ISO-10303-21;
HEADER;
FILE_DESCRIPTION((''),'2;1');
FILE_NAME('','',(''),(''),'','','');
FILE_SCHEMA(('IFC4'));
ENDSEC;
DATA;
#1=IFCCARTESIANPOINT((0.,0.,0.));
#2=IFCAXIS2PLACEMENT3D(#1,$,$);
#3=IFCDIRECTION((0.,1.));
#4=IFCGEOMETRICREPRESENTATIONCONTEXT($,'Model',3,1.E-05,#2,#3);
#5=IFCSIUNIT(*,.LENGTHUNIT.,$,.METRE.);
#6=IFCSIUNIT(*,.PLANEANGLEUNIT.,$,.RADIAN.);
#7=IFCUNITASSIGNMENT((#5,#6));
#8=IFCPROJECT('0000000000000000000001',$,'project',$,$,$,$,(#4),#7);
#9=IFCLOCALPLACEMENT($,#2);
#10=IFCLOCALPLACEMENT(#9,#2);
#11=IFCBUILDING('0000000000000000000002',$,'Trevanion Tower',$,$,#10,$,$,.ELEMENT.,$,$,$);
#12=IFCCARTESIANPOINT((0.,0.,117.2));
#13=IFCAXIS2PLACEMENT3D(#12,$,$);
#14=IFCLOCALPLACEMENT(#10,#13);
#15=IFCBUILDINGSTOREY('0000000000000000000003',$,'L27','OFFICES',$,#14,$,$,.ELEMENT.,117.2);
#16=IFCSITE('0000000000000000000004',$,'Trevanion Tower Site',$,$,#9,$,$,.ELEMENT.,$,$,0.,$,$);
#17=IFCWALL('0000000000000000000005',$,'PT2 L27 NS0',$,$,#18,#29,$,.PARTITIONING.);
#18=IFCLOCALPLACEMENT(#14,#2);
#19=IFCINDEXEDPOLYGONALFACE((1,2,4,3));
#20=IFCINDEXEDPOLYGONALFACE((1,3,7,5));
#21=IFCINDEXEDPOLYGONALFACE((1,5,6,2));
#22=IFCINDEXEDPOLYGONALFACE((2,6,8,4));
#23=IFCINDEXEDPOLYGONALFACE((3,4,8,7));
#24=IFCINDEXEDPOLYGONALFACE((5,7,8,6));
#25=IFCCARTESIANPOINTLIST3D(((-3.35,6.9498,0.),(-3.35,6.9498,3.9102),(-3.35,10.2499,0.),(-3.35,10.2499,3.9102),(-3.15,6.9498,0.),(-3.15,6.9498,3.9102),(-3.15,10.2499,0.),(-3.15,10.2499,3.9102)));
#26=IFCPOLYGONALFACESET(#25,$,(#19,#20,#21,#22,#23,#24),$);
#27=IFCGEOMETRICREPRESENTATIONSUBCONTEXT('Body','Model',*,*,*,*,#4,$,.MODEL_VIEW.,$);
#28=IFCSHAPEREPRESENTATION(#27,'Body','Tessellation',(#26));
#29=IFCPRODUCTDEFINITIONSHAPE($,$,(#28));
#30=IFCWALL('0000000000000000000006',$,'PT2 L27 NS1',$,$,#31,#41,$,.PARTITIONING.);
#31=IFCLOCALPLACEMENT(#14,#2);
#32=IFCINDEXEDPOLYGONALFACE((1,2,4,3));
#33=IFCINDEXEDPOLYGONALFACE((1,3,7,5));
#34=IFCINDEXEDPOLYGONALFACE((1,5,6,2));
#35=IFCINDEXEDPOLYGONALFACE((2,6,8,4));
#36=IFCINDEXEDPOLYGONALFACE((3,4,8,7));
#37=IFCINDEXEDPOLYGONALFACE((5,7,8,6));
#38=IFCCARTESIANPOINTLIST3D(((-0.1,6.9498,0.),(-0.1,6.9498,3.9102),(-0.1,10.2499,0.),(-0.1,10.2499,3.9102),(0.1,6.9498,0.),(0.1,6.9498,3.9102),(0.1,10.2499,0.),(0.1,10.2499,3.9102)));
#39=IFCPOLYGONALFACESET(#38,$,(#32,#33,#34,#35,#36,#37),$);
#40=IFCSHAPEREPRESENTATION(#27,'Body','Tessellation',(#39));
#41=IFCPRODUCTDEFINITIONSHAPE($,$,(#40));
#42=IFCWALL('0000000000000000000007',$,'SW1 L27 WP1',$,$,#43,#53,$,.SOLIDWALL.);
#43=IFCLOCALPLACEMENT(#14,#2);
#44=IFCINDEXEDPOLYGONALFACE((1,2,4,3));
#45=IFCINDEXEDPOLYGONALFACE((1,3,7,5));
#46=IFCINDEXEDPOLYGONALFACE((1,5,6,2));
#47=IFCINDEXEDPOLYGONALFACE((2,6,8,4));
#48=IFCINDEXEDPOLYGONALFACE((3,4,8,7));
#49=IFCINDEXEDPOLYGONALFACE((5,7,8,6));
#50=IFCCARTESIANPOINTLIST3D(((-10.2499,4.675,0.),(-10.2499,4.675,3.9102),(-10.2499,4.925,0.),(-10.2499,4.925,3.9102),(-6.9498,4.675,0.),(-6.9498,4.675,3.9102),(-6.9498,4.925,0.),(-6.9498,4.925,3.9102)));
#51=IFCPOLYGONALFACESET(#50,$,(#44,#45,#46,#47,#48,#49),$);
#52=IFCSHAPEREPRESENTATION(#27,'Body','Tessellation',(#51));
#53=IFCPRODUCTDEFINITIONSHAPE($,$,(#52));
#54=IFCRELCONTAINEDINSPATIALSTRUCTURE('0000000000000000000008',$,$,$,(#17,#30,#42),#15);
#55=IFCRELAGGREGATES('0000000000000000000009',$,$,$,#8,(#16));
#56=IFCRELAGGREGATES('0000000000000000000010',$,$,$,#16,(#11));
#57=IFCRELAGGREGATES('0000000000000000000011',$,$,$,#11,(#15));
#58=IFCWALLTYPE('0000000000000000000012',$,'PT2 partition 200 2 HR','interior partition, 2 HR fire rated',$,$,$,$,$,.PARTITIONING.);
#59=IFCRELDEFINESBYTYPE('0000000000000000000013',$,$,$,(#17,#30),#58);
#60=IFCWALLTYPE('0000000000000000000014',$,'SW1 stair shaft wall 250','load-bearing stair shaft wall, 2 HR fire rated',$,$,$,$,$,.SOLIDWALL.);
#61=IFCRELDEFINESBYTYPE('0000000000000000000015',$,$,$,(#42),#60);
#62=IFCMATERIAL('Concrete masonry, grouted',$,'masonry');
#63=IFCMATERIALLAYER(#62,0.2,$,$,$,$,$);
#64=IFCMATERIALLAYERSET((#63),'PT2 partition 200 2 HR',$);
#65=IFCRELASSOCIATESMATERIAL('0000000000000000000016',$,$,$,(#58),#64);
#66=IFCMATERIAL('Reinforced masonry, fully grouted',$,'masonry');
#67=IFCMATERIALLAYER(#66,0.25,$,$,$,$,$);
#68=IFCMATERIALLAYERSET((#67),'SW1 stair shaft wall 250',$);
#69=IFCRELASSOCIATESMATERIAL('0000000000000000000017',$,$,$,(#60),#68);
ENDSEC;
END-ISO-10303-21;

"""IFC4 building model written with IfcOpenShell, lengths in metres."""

from ifc_helpers import new_model, si_unit, direction, frame, frame_2d, origin, place, context, subcontext, project, spatial, rectangle, extrude, material, layer, layer_set, type_object, element, save


model = new_model("IFC4")

# Units and contexts
model_context = context("Model", 3, precision=1e-05, world=origin(), true_north=direction((0.0, 1.0)))
body_context = subcontext(model_context, "Body", "Model", "MODEL_VIEW")
ifc_project = project(units=[si_unit("LENGTHUNIT", "METRE"), si_unit("PLANEANGLEUNIT", "RADIAN")], contexts=[model_context])

# Site, building, storey
site_placement = place(None, origin())
site = spatial("IfcSite", under=ifc_project, at=site_placement, Name="Trevanion Tower Site", CompositionType="ELEMENT", RefElevation=0.0)
building_placement = place(site_placement, origin())
building = spatial("IfcBuilding", under=site, at=building_placement, Name="Trevanion Tower", CompositionType="ELEMENT")
storey_placement = place(building_placement, frame((0.0, 0.0, 117.2)))
storey = spatial("IfcBuildingStorey", under=building, at=storey_placement, Name="L27", Description="OFFICES", CompositionType="ELEMENT", Elevation=117.2)

# Walls
ifc_material_1 = material(Name="Concrete masonry, grouted", Category="masonry")
ifc_layer_1 = layer(ifc_material_1, 0.2)
ifc_layer_set_1 = layer_set([ifc_layer_1], Name="PT2 partition 200 2 HR")
wall_type_1 = type_object("IfcWallType", Name="PT2 partition 200 2 HR", Description="interior partition, 2 HR fire rated", PredefinedType="PARTITIONING", material=ifc_layer_set_1)
for number, where, z_axis, x_axis, name in (
    (1, (-3.25, 6.95, 0.0), (0.0, 0.0, 1.0), (0.0, 1.0, 0.0), "PT2 L27 NS0"),
    (2, (0.0, 6.95, 0.0), (0.0, 0.0, 1.0), (0.0, 1.0, 0.0), "PT2 L27 NS1"),
):
    element("IfcWall", number, at=place(storey_placement, frame(where, z_axis=z_axis, x_axis=x_axis)), inside=storey, type_object=wall_type_1, Name=name, PredefinedType="PARTITIONING", context=body_context, shape_type="SweptSolid", body=[
        extrude(rectangle(XDim=3.3, YDim=0.2, at=frame_2d((1.6499, 0.0))), origin(), (0.0, 0.0, 1.0), 3.9102),
    ])
ifc_material_2 = material(Name="Reinforced masonry, fully grouted", Category="masonry")
ifc_layer_2 = layer(ifc_material_2, 0.25)
ifc_layer_set_2 = layer_set([ifc_layer_2], Name="SW1 stair shaft wall 250")
wall_type_2 = type_object("IfcWallType", Name="SW1 stair shaft wall 250", Description="load-bearing stair shaft wall, 2 HR fire rated", PredefinedType="SOLIDWALL", material=ifc_layer_set_2)
wall_1_placement = place(storey_placement, frame((-6.95, 4.8, 0.0), z_axis=(0.0, 0.0, 1.0), x_axis=(-1.0, 0.0, 0.0)))
element("IfcWall", 3, at=wall_1_placement, inside=storey, type_object=wall_type_2, Name="SW1 L27 WP1", PredefinedType="SOLIDWALL", context=body_context, shape_type="SweptSolid", body=[
    extrude(rectangle(XDim=3.3, YDim=0.25, at=frame_2d((1.6499, 0.0))), origin(), (0.0, 0.0, 1.0), 3.9102),
])

save(model, "model.ifc")
